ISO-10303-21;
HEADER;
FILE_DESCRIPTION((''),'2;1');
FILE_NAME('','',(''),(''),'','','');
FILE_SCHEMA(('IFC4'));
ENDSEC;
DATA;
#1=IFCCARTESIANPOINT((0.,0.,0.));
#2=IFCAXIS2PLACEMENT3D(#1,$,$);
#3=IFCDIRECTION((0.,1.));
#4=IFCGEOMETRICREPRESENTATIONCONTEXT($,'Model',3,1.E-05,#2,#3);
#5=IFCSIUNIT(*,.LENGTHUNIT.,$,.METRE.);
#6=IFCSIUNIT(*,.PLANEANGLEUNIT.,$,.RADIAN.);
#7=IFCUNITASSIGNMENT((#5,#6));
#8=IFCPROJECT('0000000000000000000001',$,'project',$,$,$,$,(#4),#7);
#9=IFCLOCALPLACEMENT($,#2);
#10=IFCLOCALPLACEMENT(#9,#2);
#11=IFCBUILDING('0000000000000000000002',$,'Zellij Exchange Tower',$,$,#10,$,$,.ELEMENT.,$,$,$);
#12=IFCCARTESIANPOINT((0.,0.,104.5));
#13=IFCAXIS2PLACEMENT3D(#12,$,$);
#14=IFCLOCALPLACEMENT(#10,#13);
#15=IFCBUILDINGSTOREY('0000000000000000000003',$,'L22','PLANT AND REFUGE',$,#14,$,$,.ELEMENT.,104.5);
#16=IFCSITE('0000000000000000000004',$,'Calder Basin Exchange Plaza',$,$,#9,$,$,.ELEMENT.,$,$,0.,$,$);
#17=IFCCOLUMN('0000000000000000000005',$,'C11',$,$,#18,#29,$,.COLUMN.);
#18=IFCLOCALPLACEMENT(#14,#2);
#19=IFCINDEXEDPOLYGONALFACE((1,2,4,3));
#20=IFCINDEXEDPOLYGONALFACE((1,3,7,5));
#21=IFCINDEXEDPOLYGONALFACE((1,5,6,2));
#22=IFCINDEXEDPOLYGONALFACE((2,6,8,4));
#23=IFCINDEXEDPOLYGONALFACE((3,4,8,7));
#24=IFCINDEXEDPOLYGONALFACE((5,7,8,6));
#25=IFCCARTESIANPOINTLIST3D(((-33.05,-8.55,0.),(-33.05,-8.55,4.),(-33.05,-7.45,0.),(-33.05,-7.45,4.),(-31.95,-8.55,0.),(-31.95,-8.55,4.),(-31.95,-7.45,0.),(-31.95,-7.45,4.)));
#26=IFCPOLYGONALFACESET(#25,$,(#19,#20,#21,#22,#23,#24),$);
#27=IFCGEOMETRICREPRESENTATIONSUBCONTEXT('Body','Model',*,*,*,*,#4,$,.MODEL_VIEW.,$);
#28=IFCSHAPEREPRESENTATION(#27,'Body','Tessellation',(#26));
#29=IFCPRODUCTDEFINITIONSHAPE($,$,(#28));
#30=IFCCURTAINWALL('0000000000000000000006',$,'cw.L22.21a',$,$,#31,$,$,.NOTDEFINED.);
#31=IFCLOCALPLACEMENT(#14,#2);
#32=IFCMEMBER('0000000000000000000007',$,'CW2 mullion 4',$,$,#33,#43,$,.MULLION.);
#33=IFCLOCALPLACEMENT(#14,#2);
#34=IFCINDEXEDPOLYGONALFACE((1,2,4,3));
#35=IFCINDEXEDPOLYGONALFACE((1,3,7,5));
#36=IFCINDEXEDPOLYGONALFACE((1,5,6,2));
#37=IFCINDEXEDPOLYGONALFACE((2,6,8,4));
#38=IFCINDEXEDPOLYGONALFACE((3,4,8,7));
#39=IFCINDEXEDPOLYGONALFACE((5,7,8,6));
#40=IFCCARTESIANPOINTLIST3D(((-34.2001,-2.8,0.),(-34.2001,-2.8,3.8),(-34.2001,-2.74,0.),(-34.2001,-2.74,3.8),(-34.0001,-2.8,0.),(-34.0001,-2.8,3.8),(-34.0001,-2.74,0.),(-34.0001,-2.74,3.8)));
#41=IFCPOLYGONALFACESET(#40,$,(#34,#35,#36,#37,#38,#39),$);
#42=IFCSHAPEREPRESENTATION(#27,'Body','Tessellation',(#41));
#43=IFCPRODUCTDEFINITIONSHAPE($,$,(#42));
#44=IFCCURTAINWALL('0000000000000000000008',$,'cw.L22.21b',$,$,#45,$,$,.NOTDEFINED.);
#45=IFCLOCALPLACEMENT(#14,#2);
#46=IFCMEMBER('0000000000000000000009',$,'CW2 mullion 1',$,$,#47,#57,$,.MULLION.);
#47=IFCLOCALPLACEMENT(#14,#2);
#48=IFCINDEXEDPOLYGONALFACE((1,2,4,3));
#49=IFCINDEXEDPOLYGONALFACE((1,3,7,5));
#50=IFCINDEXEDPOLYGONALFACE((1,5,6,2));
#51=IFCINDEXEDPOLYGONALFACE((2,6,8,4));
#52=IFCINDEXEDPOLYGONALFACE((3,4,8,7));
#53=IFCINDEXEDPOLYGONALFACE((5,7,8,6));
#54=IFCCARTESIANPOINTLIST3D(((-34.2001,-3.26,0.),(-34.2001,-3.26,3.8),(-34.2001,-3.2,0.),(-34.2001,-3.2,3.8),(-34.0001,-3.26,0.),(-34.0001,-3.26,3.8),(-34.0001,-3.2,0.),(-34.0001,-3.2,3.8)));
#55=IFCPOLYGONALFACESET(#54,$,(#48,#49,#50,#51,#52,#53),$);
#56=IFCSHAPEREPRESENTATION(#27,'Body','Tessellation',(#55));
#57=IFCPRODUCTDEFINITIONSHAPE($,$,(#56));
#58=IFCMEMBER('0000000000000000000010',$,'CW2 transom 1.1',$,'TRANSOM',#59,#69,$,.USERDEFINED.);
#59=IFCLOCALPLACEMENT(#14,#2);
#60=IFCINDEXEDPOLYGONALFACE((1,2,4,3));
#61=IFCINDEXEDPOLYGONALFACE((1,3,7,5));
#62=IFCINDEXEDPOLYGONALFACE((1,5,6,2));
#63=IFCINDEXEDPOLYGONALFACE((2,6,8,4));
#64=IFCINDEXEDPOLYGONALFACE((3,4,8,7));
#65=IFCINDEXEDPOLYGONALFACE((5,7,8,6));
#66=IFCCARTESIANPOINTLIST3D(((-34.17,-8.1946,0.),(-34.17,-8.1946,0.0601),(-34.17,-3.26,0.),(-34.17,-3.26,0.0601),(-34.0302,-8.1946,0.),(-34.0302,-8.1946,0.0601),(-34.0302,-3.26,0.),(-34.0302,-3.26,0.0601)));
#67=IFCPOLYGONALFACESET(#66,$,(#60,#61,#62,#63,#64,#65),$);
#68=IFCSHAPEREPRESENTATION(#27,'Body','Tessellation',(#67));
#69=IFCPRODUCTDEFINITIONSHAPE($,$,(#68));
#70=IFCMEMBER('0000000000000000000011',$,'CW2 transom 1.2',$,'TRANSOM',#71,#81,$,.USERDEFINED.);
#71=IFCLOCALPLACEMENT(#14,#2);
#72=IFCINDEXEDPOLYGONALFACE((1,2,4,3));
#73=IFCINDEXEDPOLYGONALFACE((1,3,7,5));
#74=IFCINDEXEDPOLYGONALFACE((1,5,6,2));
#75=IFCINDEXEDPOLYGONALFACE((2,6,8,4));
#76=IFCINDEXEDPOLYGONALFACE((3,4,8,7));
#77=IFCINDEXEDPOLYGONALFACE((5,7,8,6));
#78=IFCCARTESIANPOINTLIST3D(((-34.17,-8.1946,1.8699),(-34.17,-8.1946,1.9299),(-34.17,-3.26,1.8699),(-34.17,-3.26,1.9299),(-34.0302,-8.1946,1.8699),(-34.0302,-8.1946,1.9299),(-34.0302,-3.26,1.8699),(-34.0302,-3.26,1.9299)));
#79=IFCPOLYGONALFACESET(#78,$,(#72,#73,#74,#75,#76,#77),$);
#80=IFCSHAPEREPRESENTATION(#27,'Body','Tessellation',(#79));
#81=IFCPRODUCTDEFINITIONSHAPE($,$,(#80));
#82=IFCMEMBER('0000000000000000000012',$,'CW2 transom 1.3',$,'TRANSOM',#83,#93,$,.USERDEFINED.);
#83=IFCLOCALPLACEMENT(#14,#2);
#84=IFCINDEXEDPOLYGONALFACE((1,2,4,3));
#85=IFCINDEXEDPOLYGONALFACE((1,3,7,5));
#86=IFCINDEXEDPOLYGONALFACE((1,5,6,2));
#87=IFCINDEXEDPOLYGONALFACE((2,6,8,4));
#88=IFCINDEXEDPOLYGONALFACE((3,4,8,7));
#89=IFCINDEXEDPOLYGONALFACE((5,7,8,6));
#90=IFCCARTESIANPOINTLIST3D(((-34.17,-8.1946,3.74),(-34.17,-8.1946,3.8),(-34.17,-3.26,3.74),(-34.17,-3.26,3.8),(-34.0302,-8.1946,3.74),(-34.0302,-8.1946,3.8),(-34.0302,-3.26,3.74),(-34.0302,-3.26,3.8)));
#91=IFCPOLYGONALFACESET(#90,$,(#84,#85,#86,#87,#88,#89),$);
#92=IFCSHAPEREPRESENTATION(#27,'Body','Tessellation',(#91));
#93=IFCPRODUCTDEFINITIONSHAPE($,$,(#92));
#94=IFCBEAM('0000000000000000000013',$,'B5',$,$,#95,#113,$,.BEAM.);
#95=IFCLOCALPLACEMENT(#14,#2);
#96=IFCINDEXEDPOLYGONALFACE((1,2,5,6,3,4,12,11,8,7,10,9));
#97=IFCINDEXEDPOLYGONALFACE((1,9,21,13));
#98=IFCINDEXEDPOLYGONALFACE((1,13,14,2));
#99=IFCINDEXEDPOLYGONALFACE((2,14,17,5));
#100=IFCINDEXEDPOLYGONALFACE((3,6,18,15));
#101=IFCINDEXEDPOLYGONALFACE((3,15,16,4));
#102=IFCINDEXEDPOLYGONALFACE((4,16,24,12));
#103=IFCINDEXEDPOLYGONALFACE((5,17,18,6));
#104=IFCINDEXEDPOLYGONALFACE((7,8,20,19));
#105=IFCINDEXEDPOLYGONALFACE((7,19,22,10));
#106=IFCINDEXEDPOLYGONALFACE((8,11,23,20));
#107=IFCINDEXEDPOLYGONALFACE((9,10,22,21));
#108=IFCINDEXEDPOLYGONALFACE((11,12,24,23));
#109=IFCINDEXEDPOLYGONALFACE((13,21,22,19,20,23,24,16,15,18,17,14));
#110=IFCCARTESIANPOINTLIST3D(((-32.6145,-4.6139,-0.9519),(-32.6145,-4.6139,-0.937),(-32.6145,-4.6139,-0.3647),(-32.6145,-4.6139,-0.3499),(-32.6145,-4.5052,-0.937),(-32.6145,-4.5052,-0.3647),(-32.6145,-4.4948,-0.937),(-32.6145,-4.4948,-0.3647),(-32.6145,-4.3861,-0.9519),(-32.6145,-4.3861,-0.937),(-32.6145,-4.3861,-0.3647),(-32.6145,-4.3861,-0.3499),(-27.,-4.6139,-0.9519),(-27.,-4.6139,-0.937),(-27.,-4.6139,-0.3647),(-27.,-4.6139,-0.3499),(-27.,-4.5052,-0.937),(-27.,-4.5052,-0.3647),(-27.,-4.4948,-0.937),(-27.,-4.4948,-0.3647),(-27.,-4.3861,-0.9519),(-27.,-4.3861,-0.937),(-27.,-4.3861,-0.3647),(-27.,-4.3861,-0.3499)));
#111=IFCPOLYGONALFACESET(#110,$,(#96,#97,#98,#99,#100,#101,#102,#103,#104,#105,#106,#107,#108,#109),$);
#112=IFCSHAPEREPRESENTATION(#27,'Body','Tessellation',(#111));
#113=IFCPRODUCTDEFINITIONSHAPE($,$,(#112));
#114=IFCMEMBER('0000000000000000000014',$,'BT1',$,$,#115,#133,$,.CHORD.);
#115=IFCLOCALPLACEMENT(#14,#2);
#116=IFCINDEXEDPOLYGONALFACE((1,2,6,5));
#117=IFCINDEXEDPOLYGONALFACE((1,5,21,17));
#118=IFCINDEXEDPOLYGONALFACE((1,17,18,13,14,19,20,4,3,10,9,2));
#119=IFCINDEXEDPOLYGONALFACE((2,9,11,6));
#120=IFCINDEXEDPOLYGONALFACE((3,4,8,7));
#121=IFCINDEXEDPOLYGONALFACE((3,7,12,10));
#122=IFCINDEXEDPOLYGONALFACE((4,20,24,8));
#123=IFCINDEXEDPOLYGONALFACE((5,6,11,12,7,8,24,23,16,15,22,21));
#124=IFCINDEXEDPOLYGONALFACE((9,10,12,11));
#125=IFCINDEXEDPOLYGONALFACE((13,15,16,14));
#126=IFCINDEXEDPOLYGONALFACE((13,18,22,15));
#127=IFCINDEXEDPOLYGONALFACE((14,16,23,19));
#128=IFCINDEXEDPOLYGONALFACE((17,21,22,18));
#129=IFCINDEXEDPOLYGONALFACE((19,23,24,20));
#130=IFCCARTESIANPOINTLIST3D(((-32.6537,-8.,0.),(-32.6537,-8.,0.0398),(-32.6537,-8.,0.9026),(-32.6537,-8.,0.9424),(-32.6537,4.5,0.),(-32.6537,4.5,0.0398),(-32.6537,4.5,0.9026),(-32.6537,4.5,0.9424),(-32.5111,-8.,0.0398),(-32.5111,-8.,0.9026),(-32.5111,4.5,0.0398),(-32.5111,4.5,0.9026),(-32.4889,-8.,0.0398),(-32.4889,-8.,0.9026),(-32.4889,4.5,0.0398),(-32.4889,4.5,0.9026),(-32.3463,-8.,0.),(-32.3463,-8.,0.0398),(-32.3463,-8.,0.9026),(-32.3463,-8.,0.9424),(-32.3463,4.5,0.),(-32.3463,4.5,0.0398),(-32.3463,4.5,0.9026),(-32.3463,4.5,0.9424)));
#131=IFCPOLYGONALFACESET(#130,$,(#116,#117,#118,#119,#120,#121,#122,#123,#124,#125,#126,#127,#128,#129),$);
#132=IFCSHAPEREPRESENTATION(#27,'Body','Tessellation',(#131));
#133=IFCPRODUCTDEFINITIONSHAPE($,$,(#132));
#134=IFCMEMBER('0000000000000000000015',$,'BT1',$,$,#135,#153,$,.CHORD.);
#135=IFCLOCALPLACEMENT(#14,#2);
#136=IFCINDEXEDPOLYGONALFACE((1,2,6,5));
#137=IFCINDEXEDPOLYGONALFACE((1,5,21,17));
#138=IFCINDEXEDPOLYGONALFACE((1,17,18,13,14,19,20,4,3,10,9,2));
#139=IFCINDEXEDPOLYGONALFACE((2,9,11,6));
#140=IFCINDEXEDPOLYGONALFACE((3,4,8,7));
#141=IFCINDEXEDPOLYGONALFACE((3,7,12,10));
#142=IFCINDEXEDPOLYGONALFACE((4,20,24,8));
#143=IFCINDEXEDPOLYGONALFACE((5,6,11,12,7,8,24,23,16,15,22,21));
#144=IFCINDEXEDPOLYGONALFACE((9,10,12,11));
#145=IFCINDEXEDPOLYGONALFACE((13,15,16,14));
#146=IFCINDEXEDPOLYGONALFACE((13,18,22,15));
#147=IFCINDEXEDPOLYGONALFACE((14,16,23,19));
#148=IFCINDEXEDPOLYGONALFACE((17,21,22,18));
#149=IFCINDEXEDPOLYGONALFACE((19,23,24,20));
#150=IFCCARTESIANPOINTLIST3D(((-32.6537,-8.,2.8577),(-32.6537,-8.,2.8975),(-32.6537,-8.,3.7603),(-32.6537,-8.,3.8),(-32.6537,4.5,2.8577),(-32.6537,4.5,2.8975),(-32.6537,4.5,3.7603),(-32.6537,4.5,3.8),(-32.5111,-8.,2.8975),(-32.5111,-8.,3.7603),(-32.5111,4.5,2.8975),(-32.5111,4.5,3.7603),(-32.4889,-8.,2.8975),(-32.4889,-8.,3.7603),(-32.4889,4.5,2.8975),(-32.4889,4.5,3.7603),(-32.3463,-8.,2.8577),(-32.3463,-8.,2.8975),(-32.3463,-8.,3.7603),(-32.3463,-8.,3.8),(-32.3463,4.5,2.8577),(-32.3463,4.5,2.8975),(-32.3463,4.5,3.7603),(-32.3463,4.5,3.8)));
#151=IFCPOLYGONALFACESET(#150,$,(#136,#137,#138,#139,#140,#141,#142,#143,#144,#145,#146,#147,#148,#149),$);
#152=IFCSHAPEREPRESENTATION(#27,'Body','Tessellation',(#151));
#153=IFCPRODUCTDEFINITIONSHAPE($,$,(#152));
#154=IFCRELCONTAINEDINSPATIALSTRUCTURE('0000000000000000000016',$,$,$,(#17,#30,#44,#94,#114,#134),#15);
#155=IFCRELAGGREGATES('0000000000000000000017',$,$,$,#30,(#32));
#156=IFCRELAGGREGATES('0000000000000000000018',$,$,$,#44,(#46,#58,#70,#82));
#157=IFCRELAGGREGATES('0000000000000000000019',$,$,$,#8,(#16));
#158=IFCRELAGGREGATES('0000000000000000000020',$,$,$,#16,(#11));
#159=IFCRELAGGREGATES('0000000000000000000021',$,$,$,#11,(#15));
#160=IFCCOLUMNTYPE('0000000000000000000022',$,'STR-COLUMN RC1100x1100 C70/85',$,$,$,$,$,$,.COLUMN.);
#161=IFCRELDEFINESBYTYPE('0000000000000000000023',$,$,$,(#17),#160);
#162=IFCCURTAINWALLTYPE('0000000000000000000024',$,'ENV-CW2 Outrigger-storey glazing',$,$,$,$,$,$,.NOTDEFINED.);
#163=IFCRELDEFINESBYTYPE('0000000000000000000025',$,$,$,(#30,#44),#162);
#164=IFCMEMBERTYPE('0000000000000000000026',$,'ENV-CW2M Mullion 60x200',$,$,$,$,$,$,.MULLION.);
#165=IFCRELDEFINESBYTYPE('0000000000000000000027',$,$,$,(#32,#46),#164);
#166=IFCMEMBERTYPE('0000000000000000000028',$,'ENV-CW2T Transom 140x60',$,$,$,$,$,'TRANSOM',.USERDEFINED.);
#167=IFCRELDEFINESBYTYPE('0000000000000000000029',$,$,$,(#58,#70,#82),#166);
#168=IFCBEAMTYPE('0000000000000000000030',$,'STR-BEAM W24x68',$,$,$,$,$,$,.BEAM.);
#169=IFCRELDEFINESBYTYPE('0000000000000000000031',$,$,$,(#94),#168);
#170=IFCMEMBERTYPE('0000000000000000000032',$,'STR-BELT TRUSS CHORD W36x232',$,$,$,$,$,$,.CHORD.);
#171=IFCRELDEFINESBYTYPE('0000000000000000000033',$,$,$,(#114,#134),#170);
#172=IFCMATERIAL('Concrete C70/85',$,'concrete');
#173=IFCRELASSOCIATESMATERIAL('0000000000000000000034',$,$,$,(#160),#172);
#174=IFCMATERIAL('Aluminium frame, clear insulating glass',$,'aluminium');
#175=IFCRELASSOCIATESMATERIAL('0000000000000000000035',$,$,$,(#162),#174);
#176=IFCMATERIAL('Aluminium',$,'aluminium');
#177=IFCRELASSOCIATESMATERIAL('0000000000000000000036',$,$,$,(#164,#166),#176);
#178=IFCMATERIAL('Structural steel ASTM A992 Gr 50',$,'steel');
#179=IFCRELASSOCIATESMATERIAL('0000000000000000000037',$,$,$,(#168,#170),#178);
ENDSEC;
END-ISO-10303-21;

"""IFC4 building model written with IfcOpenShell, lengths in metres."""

from ifc_helpers import new_model, si_unit, direction, frame, origin, origin_2d, place, context, subcontext, project, spatial, rectangle, i_section, extrude, material, material_profile, profile_set, type_object, element, aggregate, save


model = new_model("IFC4")

# Units and contexts
model_context = context("Model", 3, precision=1e-05, world=origin(), true_north=direction((0.0, 1.0)))
body_context = subcontext(model_context, "Body", "Model", "MODEL_VIEW")
ifc_project = project(units=[si_unit("LENGTHUNIT", "METRE"), si_unit("PLANEANGLEUNIT", "RADIAN")], contexts=[model_context])

# Site, building, storey
site_placement = place(None, origin())
site = spatial("IfcSite", under=ifc_project, at=site_placement, Name="Calder Basin Exchange Plaza", CompositionType="ELEMENT", RefElevation=0.0)
building_placement = place(site_placement, origin())
building = spatial("IfcBuilding", under=site, at=building_placement, Name="Zellij Exchange Tower", CompositionType="ELEMENT")
storey_placement = place(building_placement, frame((0.0, 0.0, 104.5)))
storey = spatial("IfcBuildingStorey", under=building, at=storey_placement, Name="L22", Description="PLANT AND REFUGE", CompositionType="ELEMENT", Elevation=104.5)

# Column
ifc_material_1 = material(Name="Concrete C70/85", Category="concrete")
ifc_material_profile_1 = material_profile(ifc_material_1, rectangle(XDim=1.1001, YDim=1.1001, at=origin_2d()), Name="STR-COLUMN RC1100x1100 C70/85")
ifc_profile_set_1 = profile_set([ifc_material_profile_1], Name="Concrete C70/85")
column_type = type_object("IfcColumnType", Name="STR-COLUMN RC1100x1100 C70/85", PredefinedType="COLUMN", material=ifc_profile_set_1)
column_placement = place(storey_placement, frame((-32.5, -8.0, 0.0), z_axis=(0.0, 0.0, 1.0), x_axis=(1.0, 0.0, 0.0)))
element("IfcColumn", 1, at=column_placement, inside=storey, type_object=column_type, Name="C11", PredefinedType="COLUMN", context=body_context, shape_type="SweptSolid", body=[
    extrude(rectangle(XDim=1.1001, YDim=1.1001, at=origin_2d()), origin(), (0.0, 0.0, 1.0), 4.0),
])

# Curtain wall, member
ifc_material_2 = material(Name="Aluminium frame, clear insulating glass", Category="aluminium")
curtain_wall_type = type_object("IfcCurtainWallType", Name="ENV-CW2 Outrigger-storey glazing", PredefinedType="NOTDEFINED", material=ifc_material_2)
curtain_wall_1_placement = place(storey_placement, origin())
curtain_wall_1 = element("IfcCurtainWall", 2, at=curtain_wall_1_placement, inside=storey, type_object=curtain_wall_type, Name="cw.L22.21a", PredefinedType="NOTDEFINED")
ifc_material_3 = material(Name="Aluminium", Category="aluminium")
ifc_material_profile_2 = material_profile(ifc_material_3, rectangle(XDim=0.0601, YDim=0.2, at=origin_2d()), Name="AL 60x200")
ifc_profile_set_2 = profile_set([ifc_material_profile_2], Name="Aluminium")
member_type_1 = type_object("IfcMemberType", Name="ENV-CW2M Mullion 60x200", PredefinedType="MULLION", material=ifc_profile_set_2)
member_1_placement = place(storey_placement, frame((-34.1001, -2.77, 0.0), z_axis=(0.0, 0.0, 1.0), x_axis=(0.0, -1.0, 0.0)))
member_1 = element("IfcMember", 3, at=member_1_placement, type_object=member_type_1, Name="CW2 mullion 4", PredefinedType="MULLION", context=body_context, shape_type="SweptSolid", body=[
    extrude(rectangle(XDim=0.0601, YDim=0.2, at=origin_2d()), origin(), (0.0, 0.0, 1.0), 3.8),
])
aggregate(curtain_wall_1, [member_1])

# Curtain wall, members
curtain_wall_2_placement = place(storey_placement, origin())
curtain_wall_2 = element("IfcCurtainWall", 4, at=curtain_wall_2_placement, inside=storey, type_object=curtain_wall_type, Name="cw.L22.21b", PredefinedType="NOTDEFINED")
member_2_placement = place(storey_placement, frame((-34.1001, -3.23, 0.0), z_axis=(0.0, 0.0, 1.0), x_axis=(0.0, -1.0, 0.0)))
member_2 = element("IfcMember", 5, at=member_2_placement, type_object=member_type_1, Name="CW2 mullion 1", PredefinedType="MULLION", context=body_context, shape_type="SweptSolid", body=[
    extrude(rectangle(XDim=0.0601, YDim=0.2, at=origin_2d()), origin(), (0.0, 0.0, 1.0), 3.8),
])
ifc_material_profile_3 = material_profile(ifc_material_3, rectangle(XDim=0.1399, YDim=0.0601, at=origin_2d()), Name="AL 140x60")
ifc_profile_set_3 = profile_set([ifc_material_profile_3], Name="Aluminium")
member_type_2 = type_object("IfcMemberType", Name="ENV-CW2T Transom 140x60", ElementType="TRANSOM", PredefinedType="USERDEFINED", material=ifc_profile_set_3)
member_3_placement = place(storey_placement, frame((-34.1001, -3.26, 0.03), z_axis=(0.0, -1.0, 0.0), x_axis=(1.0, 0.0, 0.0)))
member_3 = element("IfcMember", 6, at=member_3_placement, type_object=member_type_2, Name="CW2 transom 1.1", ObjectType="TRANSOM", PredefinedType="USERDEFINED", context=body_context, shape_type="SweptSolid", body=[
    extrude(rectangle(XDim=0.1399, YDim=0.0601, at=origin_2d()), origin(), (0.0, 0.0, 1.0), 4.9346),
])
member_4_placement = place(storey_placement, frame((-34.1001, -3.26, 1.8999), z_axis=(0.0, -1.0, 0.0), x_axis=(1.0, 0.0, 0.0)))
member_4 = element("IfcMember", 7, at=member_4_placement, type_object=member_type_2, Name="CW2 transom 1.2", ObjectType="TRANSOM", PredefinedType="USERDEFINED", context=body_context, shape_type="SweptSolid", body=[
    extrude(rectangle(XDim=0.1399, YDim=0.0601, at=origin_2d()), origin(), (0.0, 0.0, 1.0), 4.9346),
])
member_5_placement = place(storey_placement, frame((-34.1001, -3.26, 3.77), z_axis=(0.0, -1.0, 0.0), x_axis=(1.0, 0.0, 0.0)))
member_5 = element("IfcMember", 8, at=member_5_placement, type_object=member_type_2, Name="CW2 transom 1.3", ObjectType="TRANSOM", PredefinedType="USERDEFINED", context=body_context, shape_type="SweptSolid", body=[
    extrude(rectangle(XDim=0.1399, YDim=0.0601, at=origin_2d()), origin(), (0.0, 0.0, 1.0), 4.9346),
])

# Beam
ifc_material_4 = material(Name="Structural steel ASTM A992 Gr 50", Category="steel")
ifc_material_profile_4 = material_profile(ifc_material_4, i_section(OverallWidth=0.2278, OverallDepth=0.6021, WebThickness=0.0105, FlangeThickness=0.0149, at=origin_2d()), Name="W24x68")
ifc_profile_set_4 = profile_set([ifc_material_profile_4], Name="Structural steel ASTM A992 Gr 50")
beam_type_1 = type_object("IfcBeamType", Name="STR-BEAM W24x68", PredefinedType="BEAM", material=ifc_profile_set_4)
beam_1_placement = place(storey_placement, frame((-32.6145, -4.5, -0.6509), z_axis=(1.0, 0.0, 0.0), x_axis=(0.0, 1.0, 0.0)))
element("IfcBeam", 9, at=beam_1_placement, inside=storey, type_object=beam_type_1, Name="B5", PredefinedType="BEAM", context=body_context, shape_type="SweptSolid", body=[
    extrude(i_section(OverallWidth=0.2278, OverallDepth=0.6021, WebThickness=0.0105, FlangeThickness=0.0149, at=origin_2d()), origin(), (0.0, 0.0, 1.0), 5.6145),
])

# Members
ifc_material_profile_5 = material_profile(ifc_material_4, i_section(OverallWidth=0.3074, OverallDepth=0.9424, WebThickness=0.0222, FlangeThickness=0.0398, at=origin_2d()), Name="W36x232")
ifc_profile_set_5 = profile_set([ifc_material_profile_5], Name="Structural steel ASTM A992 Gr 50")
member_type_3 = type_object("IfcMemberType", Name="STR-BELT TRUSS CHORD W36x232", PredefinedType="CHORD", material=ifc_profile_set_5)
for number, where, z_axis, x_axis, name in (
    (10, (-32.5, -8.0, 0.4712), (0.0, 1.0, 0.0), (-1.0, 0.0, 0.0), "BT1"),
    (11, (-32.5, -8.0, 3.3289), (0.0, 1.0, 0.0), (-1.0, 0.0, 0.0), "BT1"),
):
    element("IfcMember", number, at=place(storey_placement, frame(where, z_axis=z_axis, x_axis=x_axis)), inside=storey, type_object=member_type_3, Name=name, PredefinedType="CHORD", context=body_context, shape_type="SweptSolid", body=[
        extrude(i_section(OverallWidth=0.3074, OverallDepth=0.9424, WebThickness=0.0222, FlangeThickness=0.0398, at=origin_2d()), origin(), (0.0, 0.0, 1.0), 12.5),
    ])

aggregate(curtain_wall_2, [member_2, member_3, member_4, member_5])

save(model, "model.ifc")
